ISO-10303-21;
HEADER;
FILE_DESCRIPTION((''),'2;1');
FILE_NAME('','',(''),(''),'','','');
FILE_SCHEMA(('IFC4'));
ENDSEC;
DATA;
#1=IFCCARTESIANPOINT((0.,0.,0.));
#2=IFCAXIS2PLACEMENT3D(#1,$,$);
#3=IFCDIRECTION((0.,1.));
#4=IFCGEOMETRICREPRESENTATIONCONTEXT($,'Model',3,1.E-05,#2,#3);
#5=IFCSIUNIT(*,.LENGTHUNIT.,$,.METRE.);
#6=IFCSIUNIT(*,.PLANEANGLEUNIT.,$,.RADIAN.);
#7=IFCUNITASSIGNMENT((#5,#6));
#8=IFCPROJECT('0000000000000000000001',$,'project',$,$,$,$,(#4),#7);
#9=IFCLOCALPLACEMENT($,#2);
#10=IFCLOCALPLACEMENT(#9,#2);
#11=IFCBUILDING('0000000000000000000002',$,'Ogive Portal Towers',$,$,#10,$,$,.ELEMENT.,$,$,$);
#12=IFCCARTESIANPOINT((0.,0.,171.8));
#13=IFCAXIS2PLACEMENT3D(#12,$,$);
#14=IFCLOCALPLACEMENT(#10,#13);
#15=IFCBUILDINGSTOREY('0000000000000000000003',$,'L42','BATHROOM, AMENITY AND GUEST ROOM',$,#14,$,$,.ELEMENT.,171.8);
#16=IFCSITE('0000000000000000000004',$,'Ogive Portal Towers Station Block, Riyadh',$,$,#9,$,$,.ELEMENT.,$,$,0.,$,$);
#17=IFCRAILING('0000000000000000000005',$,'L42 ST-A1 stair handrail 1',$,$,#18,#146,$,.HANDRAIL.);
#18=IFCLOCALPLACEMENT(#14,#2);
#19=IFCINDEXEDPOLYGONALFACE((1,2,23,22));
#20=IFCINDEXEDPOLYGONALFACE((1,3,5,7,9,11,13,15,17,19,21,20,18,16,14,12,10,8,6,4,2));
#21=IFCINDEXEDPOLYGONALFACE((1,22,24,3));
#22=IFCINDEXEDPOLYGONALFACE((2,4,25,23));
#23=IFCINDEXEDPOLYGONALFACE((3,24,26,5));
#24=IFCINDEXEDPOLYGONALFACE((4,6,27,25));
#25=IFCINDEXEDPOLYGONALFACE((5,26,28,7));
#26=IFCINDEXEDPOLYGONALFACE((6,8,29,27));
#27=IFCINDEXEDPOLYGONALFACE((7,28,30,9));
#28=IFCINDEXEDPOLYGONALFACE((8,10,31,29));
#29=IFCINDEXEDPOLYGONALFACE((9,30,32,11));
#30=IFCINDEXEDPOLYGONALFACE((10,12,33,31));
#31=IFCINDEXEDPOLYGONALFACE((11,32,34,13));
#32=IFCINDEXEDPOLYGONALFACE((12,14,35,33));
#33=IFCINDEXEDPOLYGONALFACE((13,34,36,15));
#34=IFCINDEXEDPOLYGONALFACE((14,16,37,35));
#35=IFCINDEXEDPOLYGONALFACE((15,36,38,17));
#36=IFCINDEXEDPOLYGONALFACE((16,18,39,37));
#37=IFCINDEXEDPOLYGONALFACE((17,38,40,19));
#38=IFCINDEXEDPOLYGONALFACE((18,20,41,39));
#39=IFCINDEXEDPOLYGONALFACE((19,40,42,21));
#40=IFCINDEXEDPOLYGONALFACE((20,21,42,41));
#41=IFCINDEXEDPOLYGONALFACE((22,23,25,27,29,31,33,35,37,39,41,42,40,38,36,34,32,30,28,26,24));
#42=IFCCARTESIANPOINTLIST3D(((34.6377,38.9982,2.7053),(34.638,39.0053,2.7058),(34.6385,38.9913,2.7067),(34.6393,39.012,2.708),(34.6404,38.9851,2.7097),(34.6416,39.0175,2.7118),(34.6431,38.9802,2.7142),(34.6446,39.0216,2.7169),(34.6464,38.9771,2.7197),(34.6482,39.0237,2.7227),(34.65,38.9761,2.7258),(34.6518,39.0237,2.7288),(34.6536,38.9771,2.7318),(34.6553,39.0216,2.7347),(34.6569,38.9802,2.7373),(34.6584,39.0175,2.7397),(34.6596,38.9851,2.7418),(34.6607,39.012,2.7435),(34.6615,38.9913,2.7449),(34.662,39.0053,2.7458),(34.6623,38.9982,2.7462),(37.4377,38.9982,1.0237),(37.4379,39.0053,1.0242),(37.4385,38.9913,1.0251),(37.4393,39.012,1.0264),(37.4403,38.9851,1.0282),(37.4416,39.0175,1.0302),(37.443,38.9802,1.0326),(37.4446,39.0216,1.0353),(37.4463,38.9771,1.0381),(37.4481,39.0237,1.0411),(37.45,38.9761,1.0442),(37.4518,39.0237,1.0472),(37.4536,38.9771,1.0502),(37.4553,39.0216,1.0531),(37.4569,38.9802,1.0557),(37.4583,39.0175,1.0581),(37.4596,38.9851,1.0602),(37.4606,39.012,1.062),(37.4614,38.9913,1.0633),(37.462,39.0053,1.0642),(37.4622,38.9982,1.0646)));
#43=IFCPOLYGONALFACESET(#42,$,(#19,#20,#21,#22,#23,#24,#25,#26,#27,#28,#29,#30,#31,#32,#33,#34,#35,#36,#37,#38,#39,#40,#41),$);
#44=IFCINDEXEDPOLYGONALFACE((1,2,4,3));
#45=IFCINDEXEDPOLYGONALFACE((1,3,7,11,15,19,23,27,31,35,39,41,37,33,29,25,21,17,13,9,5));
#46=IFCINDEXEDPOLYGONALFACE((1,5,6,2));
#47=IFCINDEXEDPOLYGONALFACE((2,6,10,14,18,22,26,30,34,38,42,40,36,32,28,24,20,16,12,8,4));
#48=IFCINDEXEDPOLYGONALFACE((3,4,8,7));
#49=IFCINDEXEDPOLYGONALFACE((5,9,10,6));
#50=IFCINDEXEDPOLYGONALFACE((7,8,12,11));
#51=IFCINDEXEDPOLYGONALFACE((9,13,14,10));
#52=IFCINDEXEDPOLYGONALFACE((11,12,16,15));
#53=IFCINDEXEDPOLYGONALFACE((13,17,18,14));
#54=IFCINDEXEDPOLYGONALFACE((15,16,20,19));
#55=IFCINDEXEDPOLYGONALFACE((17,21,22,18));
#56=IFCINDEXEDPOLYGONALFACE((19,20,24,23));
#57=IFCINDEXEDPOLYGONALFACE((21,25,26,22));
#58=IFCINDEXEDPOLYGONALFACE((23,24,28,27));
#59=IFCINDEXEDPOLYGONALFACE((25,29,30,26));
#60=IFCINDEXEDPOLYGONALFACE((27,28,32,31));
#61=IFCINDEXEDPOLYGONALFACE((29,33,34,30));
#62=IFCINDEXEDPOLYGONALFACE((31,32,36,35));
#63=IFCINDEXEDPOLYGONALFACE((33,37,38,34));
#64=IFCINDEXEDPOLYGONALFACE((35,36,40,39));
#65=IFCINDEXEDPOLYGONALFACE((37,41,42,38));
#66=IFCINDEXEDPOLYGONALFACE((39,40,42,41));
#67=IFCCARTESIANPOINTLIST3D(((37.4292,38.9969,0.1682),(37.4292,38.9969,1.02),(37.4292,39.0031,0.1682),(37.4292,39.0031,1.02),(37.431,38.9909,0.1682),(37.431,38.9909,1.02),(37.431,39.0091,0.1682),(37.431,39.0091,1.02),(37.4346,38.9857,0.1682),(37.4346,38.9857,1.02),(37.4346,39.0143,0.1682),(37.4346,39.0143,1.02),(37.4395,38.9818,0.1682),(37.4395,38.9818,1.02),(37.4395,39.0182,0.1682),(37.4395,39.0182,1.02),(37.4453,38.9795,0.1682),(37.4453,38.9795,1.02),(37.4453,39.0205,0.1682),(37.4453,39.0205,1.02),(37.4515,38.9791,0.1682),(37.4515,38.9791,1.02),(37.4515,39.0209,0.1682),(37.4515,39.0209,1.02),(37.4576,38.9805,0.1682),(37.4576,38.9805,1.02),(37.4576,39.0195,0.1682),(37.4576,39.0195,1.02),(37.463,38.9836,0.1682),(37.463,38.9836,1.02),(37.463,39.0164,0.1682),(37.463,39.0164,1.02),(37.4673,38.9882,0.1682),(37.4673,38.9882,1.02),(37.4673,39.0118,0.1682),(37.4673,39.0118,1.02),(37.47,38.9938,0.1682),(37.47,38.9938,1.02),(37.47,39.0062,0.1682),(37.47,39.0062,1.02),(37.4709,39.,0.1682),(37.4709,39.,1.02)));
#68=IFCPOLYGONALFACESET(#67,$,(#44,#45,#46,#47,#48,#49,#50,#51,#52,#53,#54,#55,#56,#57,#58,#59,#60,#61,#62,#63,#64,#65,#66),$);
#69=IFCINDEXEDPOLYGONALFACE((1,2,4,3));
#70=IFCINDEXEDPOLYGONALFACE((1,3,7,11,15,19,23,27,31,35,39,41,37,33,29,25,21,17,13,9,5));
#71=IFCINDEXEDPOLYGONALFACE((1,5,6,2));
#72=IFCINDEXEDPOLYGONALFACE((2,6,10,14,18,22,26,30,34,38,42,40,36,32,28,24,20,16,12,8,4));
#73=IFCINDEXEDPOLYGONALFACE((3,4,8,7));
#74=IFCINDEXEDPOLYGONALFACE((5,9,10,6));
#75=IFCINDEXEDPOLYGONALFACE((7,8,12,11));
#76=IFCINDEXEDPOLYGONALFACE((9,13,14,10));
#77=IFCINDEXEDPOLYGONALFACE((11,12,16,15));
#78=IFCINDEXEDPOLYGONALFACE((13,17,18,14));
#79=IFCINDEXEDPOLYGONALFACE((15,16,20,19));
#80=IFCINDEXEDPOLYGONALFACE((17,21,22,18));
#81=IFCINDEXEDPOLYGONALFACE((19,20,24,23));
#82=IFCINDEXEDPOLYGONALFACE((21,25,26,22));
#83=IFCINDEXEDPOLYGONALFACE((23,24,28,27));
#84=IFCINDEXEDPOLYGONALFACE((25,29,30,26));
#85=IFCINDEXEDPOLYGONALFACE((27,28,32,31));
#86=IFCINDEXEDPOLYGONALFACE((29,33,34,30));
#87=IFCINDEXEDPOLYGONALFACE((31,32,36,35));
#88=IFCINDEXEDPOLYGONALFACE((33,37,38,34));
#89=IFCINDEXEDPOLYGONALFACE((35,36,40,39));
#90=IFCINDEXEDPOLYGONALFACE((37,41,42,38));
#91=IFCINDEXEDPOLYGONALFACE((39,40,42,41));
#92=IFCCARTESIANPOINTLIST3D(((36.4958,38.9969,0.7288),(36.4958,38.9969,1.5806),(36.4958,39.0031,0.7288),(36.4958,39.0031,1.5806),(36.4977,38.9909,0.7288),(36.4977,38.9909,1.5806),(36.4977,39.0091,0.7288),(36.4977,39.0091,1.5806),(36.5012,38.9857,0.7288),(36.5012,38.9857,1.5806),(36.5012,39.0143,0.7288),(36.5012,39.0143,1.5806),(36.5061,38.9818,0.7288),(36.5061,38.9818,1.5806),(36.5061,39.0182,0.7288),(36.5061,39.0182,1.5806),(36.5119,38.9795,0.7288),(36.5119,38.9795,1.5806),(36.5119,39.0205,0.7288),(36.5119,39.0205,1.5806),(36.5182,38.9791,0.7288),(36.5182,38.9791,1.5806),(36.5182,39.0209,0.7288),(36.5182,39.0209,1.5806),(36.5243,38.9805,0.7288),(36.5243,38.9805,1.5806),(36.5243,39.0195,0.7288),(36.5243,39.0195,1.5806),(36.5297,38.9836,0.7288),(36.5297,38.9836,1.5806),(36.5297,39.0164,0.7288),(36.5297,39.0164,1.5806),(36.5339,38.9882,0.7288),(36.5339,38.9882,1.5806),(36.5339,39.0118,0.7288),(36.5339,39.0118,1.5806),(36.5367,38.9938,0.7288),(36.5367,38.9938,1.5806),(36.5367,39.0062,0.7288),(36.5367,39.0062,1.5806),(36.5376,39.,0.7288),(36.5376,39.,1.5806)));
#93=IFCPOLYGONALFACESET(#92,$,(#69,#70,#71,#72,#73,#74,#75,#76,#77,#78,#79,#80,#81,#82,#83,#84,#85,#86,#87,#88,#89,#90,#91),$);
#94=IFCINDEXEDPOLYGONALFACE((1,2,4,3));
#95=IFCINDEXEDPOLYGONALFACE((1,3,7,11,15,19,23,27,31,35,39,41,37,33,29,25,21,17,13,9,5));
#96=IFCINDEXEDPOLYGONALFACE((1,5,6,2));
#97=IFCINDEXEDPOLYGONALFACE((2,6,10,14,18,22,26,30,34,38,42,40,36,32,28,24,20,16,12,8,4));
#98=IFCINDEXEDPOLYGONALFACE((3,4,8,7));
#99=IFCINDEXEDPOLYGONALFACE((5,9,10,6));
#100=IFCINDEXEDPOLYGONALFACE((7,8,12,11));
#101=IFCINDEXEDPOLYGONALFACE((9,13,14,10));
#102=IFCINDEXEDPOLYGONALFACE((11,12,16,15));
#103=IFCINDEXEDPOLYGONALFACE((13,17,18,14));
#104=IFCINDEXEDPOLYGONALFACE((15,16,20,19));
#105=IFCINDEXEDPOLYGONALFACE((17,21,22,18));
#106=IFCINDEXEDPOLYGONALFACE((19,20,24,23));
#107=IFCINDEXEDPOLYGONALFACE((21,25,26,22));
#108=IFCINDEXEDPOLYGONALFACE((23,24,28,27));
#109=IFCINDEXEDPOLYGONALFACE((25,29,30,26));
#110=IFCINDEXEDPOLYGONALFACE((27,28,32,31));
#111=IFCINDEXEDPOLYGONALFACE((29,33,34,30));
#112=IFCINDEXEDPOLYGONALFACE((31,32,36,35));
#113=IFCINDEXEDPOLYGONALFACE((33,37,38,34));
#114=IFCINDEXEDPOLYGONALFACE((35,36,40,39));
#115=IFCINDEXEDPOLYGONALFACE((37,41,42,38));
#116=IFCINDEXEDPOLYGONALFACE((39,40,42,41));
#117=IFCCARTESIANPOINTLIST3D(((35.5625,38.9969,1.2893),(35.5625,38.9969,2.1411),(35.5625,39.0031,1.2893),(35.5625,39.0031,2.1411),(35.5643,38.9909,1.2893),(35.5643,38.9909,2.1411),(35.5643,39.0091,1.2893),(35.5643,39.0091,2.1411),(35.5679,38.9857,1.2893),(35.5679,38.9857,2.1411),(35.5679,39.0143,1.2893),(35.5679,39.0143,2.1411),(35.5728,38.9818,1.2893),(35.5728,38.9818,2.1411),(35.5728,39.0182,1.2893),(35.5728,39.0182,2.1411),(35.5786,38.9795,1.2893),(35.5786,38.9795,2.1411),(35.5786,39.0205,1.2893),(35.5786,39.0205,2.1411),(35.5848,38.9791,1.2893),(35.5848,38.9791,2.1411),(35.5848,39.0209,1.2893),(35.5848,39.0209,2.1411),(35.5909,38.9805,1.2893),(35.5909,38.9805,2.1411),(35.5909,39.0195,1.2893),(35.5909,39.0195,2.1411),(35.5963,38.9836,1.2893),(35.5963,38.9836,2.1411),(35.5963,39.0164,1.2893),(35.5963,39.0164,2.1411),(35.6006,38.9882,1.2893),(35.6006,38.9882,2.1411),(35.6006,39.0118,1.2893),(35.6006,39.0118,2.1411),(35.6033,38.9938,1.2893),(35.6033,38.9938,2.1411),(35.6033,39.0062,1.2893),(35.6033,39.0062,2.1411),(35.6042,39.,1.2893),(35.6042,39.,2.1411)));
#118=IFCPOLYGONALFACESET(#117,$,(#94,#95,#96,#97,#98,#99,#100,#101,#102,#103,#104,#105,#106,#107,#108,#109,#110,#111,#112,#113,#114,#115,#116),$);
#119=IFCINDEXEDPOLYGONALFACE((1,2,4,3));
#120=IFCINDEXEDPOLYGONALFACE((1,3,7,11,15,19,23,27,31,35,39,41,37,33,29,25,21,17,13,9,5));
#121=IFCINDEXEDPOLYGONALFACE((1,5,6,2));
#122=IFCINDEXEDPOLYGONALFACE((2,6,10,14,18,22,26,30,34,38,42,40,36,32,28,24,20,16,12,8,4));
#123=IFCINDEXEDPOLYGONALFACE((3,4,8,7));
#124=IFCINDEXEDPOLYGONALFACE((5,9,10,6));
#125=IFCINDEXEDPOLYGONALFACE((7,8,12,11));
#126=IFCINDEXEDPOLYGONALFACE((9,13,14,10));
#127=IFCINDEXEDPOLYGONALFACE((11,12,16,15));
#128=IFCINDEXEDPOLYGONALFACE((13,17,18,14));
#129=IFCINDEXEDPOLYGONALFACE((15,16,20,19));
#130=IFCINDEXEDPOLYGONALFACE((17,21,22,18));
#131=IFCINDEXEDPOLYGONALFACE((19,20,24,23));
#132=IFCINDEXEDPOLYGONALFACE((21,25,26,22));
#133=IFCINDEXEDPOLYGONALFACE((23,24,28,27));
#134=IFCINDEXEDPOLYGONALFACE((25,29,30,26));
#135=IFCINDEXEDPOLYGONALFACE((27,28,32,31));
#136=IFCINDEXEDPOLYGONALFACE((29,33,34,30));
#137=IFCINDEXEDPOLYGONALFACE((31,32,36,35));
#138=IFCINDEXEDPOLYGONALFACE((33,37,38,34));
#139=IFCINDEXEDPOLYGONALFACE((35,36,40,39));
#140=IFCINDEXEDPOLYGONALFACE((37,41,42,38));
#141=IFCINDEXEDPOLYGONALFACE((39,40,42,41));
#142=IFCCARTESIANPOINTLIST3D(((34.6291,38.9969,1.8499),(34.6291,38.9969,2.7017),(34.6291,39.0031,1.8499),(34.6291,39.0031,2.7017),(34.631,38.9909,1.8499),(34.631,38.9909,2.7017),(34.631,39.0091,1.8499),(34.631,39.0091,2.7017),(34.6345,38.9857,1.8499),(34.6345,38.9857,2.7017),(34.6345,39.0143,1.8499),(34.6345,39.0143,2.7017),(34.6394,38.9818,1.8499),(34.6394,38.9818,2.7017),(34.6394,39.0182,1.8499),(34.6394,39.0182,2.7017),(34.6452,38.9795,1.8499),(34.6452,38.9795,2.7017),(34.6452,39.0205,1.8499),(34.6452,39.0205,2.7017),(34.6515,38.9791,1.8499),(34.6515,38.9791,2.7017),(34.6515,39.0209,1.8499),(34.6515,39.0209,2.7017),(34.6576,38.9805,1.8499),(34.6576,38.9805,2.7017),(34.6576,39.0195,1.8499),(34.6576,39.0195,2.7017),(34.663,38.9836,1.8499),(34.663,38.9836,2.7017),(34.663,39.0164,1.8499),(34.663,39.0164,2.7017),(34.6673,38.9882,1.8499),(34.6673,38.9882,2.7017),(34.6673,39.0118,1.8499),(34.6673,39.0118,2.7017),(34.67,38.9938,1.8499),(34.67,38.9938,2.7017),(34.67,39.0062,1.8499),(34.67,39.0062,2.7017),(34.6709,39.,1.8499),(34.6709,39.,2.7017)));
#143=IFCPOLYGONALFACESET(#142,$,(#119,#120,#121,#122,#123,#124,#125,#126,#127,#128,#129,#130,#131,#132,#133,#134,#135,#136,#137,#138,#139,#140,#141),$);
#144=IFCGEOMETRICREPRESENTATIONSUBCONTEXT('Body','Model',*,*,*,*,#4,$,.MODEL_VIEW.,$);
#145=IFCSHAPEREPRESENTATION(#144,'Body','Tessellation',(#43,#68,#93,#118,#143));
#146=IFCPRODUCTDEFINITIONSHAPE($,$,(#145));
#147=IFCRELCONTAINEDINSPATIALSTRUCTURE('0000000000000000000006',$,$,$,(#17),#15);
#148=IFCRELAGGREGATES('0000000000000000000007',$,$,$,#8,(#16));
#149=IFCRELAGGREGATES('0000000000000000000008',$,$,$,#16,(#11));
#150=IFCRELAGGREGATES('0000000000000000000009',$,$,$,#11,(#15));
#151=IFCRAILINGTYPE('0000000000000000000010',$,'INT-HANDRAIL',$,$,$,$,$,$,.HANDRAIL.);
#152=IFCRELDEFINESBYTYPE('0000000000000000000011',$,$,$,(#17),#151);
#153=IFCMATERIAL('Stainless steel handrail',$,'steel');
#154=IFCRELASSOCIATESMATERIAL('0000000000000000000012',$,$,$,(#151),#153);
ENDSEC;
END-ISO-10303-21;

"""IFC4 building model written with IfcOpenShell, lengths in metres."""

from ifc_helpers import new_model, si_unit, direction, frame, origin, origin_2d, place, context, subcontext, project, spatial, circle, extrude, material, type_object, element, save


model = new_model("IFC4")

# Units and contexts
model_context = context("Model", 3, precision=1e-05, world=origin(), true_north=direction((0.0, 1.0)))
body_context = subcontext(model_context, "Body", "Model", "MODEL_VIEW")
ifc_project = project(units=[si_unit("LENGTHUNIT", "METRE"), si_unit("PLANEANGLEUNIT", "RADIAN")], contexts=[model_context])

# Site, building, storey
site_placement = place(None, origin())
site = spatial("IfcSite", under=ifc_project, at=site_placement, Name="Ogive Portal Towers Station Block, Riyadh", CompositionType="ELEMENT", RefElevation=0.0)
building_placement = place(site_placement, origin())
building = spatial("IfcBuilding", under=site, at=building_placement, Name="Ogive Portal Towers", CompositionType="ELEMENT")
storey_placement = place(building_placement, frame((0.0, 0.0, 171.8)))
storey = spatial("IfcBuildingStorey", under=building, at=storey_placement, Name="L42", Description="BATHROOM, AMENITY AND GUEST ROOM", CompositionType="ELEMENT", Elevation=171.8)

# Railing
ifc_material_1 = material(Name="Stainless steel handrail", Category="steel")
railing_type_1 = type_object("IfcRailingType", Name="INT-HANDRAIL", PredefinedType="HANDRAIL", material=ifc_material_1)
railing_1_placement = place(storey_placement, frame((37.45, 39.0, 0.1682)))
element("IfcRailing", 1, at=railing_1_placement, inside=storey, type_object=railing_type_1, Name="L42 ST-A1 stair handrail 1", PredefinedType="HANDRAIL", context=body_context, shape_type="SweptSolid", body=[
    extrude(circle(Radius=0.0239, at=origin_2d()), frame((0.0, 0.0, 0.876), z_axis=(-0.857275, 0.0, 0.514858), x_axis=(0.0, -1.0, 0.0)), (0.0, 0.0, 1.0), 3.2661),
    extrude(circle(Radius=0.021, at=origin_2d()), origin(), (0.0, 0.0, 1.0), 0.8518),
    extrude(circle(Radius=0.021, at=origin_2d()), frame((-0.9333, 0.0, 0.5605)), (0.0, 0.0, 1.0), 0.8518),
    extrude(circle(Radius=0.021, at=origin_2d()), frame((-1.8667, 0.0, 1.1211)), (0.0, 0.0, 1.0), 0.8518),
    extrude(circle(Radius=0.021, at=origin_2d()), frame((-2.8, 0.0, 1.6816)), (0.0, 0.0, 1.0), 0.8518),
])

save(model, "model.ifc")
